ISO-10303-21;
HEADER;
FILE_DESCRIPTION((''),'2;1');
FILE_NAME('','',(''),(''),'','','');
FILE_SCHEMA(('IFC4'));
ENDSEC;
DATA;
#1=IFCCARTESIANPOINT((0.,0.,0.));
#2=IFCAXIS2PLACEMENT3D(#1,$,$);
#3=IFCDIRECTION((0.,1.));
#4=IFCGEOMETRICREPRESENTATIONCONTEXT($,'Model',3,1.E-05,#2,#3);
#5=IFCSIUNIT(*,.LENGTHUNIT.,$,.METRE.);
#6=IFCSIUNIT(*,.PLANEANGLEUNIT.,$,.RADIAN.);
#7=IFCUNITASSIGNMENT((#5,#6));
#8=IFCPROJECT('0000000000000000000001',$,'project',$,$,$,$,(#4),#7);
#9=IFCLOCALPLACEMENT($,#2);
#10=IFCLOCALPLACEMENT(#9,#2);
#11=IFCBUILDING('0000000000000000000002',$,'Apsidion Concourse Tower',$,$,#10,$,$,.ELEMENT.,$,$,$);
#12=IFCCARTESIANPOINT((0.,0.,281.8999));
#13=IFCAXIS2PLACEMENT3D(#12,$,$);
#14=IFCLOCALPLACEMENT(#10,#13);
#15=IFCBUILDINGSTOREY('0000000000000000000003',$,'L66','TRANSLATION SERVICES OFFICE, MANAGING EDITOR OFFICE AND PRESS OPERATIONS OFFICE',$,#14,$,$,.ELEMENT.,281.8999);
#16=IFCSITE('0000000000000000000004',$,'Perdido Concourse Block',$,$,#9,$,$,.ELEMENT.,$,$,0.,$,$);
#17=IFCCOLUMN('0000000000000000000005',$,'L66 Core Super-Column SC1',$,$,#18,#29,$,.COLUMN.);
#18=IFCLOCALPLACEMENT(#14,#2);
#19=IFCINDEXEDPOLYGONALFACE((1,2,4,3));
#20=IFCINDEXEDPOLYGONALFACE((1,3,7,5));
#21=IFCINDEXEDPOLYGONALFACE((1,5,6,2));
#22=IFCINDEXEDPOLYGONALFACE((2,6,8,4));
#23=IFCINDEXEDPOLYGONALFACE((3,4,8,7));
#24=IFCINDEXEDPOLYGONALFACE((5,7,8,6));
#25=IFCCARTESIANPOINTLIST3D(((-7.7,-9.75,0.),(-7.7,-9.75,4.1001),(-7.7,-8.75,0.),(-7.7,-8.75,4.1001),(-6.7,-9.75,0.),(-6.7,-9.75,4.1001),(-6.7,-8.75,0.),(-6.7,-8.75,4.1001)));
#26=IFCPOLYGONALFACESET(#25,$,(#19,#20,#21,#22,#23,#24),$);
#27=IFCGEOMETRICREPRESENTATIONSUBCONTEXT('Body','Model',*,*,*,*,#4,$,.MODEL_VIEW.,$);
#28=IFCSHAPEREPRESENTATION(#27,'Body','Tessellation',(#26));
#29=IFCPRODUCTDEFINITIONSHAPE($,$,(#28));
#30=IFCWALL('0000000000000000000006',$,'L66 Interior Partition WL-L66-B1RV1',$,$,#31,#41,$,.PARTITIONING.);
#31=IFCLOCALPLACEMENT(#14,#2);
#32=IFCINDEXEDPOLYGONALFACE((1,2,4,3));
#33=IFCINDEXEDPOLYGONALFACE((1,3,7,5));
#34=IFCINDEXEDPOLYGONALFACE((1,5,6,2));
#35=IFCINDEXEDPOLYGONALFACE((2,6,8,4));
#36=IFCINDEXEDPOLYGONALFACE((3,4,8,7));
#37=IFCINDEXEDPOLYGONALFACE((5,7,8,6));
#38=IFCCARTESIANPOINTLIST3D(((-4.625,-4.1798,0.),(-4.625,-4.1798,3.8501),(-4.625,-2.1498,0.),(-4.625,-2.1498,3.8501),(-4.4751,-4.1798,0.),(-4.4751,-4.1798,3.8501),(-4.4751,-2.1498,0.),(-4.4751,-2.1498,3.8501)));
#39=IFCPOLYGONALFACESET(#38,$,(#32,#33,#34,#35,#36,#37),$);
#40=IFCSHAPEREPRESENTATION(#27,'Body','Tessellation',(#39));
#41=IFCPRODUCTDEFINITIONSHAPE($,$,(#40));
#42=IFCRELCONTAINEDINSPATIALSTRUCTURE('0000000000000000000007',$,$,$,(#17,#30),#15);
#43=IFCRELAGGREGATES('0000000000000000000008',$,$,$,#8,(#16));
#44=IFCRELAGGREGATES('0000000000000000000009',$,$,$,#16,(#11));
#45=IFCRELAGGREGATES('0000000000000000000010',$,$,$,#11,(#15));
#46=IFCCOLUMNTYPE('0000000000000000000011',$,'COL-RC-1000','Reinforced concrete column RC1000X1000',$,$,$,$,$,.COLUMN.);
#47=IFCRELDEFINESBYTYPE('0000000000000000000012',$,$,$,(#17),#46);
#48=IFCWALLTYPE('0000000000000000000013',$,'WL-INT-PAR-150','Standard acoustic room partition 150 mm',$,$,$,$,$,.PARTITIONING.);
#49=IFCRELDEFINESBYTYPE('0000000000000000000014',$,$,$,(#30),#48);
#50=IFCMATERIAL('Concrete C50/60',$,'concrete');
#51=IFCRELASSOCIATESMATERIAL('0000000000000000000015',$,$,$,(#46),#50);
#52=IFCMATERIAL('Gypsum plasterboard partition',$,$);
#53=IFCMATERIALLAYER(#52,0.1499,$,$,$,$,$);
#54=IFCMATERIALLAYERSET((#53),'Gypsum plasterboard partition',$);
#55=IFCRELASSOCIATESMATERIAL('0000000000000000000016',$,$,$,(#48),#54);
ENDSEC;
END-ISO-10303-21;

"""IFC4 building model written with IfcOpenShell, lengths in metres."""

from ifc_helpers import new_model, si_unit, direction, frame, frame_2d, origin, origin_2d, place, context, subcontext, project, spatial, rectangle, extrude, material, layer, layer_set, material_profile, profile_set, type_object, element, save


model = new_model("IFC4")

# Units and contexts
model_context = context("Model", 3, precision=1e-05, world=origin(), true_north=direction((0.0, 1.0)))
body_context = subcontext(model_context, "Body", "Model", "MODEL_VIEW")
ifc_project = project(units=[si_unit("LENGTHUNIT", "METRE"), si_unit("PLANEANGLEUNIT", "RADIAN")], contexts=[model_context])

# Site, building, storey
site_placement = place(None, origin())
site = spatial("IfcSite", under=ifc_project, at=site_placement, Name="Perdido Concourse Block", CompositionType="ELEMENT", RefElevation=0.0)
building_placement = place(site_placement, origin())
building = spatial("IfcBuilding", under=site, at=building_placement, Name="Apsidion Concourse Tower", CompositionType="ELEMENT")
storey_placement = place(building_placement, frame((0.0, 0.0, 281.8999)))
storey = spatial("IfcBuildingStorey", under=building, at=storey_placement, Name="L66", Description="TRANSLATION SERVICES OFFICE, MANAGING EDITOR OFFICE AND PRESS OPERATIONS OFFICE", CompositionType="ELEMENT", Elevation=281.8999)

# Column
ifc_material_1 = material(Name="Concrete C50/60", Category="concrete")
ifc_material_profile = material_profile(ifc_material_1, rectangle(XDim=1.0, YDim=1.0, at=origin_2d()), Name="RC 1000x1000")
ifc_profile_set = profile_set([ifc_material_profile], Name="Concrete C50/60")
column_type = type_object("IfcColumnType", Name="COL-RC-1000", Description="Reinforced concrete column RC1000X1000", PredefinedType="COLUMN", material=ifc_profile_set)
column_placement = place(storey_placement, frame((-7.2, -9.25, 0.0), z_axis=(0.0, 0.0, 1.0), x_axis=(1.0, 0.0, 0.0)))
element("IfcColumn", 1, at=column_placement, inside=storey, type_object=column_type, Name="L66 Core Super-Column SC1", PredefinedType="COLUMN", context=body_context, shape_type="SweptSolid", body=[
    extrude(rectangle(XDim=1.0, YDim=1.0, at=origin_2d()), origin(), (0.0, 0.0, 1.0), 4.1001),
])

# Wall
ifc_material_2 = material(Name="Gypsum plasterboard partition")
ifc_layer_1 = layer(ifc_material_2, 0.1499)
ifc_layer_set_1 = layer_set([ifc_layer_1], Name="Gypsum plasterboard partition")
wall_type_1 = type_object("IfcWallType", Name="WL-INT-PAR-150", Description="Standard acoustic room partition 150 mm", PredefinedType="PARTITIONING", material=ifc_layer_set_1)
wall_1_placement = place(storey_placement, frame((-4.55, -4.1799, 0.0), z_axis=(0.0, 0.0, 1.0), x_axis=(0.0, 1.0, 0.0)))
element("IfcWall", 2, at=wall_1_placement, inside=storey, type_object=wall_type_1, Name="L66 Interior Partition WL-L66-B1RV1", PredefinedType="PARTITIONING", context=body_context, shape_type="SweptSolid", body=[
    extrude(rectangle(XDim=2.03, YDim=0.1499, at=frame_2d((1.0151, 0.0))), origin(), (0.0, 0.0, 1.0), 3.8501),
])

save(model, "model.ifc")
